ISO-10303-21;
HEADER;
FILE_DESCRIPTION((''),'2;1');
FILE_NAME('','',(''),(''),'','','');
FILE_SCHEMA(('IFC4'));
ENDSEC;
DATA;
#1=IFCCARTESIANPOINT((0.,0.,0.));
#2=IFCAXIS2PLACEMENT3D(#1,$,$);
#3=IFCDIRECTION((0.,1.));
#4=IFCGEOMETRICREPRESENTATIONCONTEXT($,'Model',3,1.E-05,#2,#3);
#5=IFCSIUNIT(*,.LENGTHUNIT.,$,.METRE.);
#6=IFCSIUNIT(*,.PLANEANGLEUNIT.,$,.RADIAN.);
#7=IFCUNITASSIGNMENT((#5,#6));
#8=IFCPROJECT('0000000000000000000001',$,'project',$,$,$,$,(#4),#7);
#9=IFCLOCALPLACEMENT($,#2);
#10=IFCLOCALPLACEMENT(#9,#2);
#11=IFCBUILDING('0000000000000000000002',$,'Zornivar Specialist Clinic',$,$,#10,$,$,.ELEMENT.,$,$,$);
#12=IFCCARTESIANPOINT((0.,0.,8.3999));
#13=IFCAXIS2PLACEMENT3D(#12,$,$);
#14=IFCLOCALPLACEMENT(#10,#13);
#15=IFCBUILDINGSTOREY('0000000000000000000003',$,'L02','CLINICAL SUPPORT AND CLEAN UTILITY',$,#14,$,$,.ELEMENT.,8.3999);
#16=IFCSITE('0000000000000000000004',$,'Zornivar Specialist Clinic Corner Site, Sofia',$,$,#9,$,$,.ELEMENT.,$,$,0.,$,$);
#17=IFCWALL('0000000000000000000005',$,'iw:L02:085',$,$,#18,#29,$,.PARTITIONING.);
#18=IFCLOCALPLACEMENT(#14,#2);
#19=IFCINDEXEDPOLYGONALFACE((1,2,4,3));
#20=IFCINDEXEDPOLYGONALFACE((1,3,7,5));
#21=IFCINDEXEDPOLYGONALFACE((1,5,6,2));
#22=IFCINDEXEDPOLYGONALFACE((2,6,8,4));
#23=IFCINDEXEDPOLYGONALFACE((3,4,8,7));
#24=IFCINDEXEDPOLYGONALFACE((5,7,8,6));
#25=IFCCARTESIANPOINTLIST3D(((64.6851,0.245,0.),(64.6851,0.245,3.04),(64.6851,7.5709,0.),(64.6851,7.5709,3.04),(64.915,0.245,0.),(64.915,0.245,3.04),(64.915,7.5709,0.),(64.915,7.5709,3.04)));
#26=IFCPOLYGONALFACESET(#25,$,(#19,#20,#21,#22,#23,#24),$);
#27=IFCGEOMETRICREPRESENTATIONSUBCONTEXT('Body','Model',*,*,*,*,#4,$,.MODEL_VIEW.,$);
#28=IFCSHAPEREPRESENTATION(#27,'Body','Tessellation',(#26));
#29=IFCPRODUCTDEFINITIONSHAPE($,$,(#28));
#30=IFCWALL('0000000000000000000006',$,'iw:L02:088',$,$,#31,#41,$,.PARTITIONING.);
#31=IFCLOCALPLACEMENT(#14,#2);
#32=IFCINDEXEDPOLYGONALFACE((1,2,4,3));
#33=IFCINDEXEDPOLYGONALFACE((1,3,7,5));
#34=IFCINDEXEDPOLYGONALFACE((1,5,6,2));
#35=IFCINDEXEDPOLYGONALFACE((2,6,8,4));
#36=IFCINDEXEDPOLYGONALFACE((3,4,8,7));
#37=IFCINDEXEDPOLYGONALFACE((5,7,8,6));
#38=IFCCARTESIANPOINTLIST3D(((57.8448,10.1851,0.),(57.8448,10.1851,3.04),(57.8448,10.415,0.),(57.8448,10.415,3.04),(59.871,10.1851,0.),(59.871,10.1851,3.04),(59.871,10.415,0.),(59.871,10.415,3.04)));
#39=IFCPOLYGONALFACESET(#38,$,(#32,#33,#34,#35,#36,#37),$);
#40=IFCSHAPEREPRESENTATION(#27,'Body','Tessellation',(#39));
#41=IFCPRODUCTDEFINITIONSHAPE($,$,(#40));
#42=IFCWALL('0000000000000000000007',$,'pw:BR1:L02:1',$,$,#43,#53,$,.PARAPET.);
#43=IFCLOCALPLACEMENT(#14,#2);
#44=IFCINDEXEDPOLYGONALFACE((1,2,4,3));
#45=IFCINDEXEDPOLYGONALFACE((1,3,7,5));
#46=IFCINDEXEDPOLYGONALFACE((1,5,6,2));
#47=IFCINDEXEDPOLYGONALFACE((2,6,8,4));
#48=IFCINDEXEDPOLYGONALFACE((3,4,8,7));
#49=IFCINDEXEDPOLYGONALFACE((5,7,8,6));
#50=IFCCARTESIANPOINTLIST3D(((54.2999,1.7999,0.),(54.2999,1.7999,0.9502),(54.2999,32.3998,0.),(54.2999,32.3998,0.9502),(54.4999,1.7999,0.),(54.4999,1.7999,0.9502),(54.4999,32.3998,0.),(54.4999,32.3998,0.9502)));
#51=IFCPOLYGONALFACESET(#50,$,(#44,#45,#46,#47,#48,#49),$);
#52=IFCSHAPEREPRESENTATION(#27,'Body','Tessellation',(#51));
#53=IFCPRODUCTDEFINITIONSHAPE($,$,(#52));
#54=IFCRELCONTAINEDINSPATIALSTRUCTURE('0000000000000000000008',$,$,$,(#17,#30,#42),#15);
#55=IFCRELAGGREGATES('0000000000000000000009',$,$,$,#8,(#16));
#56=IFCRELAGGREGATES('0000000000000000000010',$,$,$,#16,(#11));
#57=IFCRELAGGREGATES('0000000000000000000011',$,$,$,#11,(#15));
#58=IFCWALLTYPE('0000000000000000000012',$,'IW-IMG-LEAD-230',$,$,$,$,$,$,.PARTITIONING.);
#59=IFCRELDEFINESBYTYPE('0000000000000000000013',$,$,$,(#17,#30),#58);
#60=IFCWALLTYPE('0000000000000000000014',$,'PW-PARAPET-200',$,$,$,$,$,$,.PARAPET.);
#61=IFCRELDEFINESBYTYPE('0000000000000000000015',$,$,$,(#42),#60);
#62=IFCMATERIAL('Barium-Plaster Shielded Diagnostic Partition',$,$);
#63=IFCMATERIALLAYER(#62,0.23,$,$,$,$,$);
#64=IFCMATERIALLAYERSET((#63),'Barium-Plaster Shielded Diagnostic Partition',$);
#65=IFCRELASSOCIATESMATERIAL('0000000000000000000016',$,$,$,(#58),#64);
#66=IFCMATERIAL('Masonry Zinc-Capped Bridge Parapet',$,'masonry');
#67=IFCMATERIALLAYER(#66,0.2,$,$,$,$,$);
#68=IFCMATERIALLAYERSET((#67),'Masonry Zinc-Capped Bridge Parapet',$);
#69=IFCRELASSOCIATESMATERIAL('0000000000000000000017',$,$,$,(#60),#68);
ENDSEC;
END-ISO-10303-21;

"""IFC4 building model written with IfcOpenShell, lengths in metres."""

from ifc_helpers import new_model, si_unit, direction, frame, frame_2d, origin, place, context, subcontext, project, spatial, rectangle, extrude, material, layer, layer_set, type_object, element, save


model = new_model("IFC4")

# Units and contexts
model_context = context("Model", 3, precision=1e-05, world=origin(), true_north=direction((0.0, 1.0)))
body_context = subcontext(model_context, "Body", "Model", "MODEL_VIEW")
ifc_project = project(units=[si_unit("LENGTHUNIT", "METRE"), si_unit("PLANEANGLEUNIT", "RADIAN")], contexts=[model_context])

# Site, building, storey
site_placement = place(None, origin())
site = spatial("IfcSite", under=ifc_project, at=site_placement, Name="Zornivar Specialist Clinic Corner Site, Sofia", CompositionType="ELEMENT", RefElevation=0.0)
building_placement = place(site_placement, origin())
building = spatial("IfcBuilding", under=site, at=building_placement, Name="Zornivar Specialist Clinic", CompositionType="ELEMENT")
storey_placement = place(building_placement, frame((0.0, 0.0, 8.3999)))
storey = spatial("IfcBuildingStorey", under=building, at=storey_placement, Name="L02", Description="CLINICAL SUPPORT AND CLEAN UTILITY", CompositionType="ELEMENT", Elevation=8.3999)

# Shared definitions
ifc_material_1 = material(Name="Barium-Plaster Shielded Diagnostic Partition")
ifc_layer_1 = layer(ifc_material_1, 0.23)
ifc_layer_set_1 = layer_set([ifc_layer_1], Name="Barium-Plaster Shielded Diagnostic Partition")
wall_type_1 = type_object("IfcWallType", Name="IW-IMG-LEAD-230", PredefinedType="PARTITIONING", material=ifc_layer_set_1)

# Walls
wall_1_placement = place(storey_placement, frame((64.8, 7.571, 0.0), z_axis=(0.0, 0.0, 1.0), x_axis=(0.0, -1.0, 0.0)))
element("IfcWall", 1, at=wall_1_placement, inside=storey, type_object=wall_type_1, Name="iw:L02:085", PredefinedType="PARTITIONING", context=body_context, shape_type="SweptSolid", body=[
    extrude(rectangle(XDim=7.3259, YDim=0.23, at=frame_2d((3.6631, 0.0))), origin(), (0.0, 0.0, 1.0), 3.04),
])
wall_2_placement = place(storey_placement, frame((59.8711, 10.3, 0.0), z_axis=(0.0, 0.0, 1.0), x_axis=(-1.0, 0.0, 0.0)))
element("IfcWall", 2, at=wall_2_placement, inside=storey, type_object=wall_type_1, Name="iw:L02:088", PredefinedType="PARTITIONING", context=body_context, shape_type="SweptSolid", body=[
    extrude(rectangle(XDim=2.0261, YDim=0.23, at=frame_2d((1.0132, 0.0))), origin(), (0.0, 0.0, 1.0), 3.04),
])
ifc_material_2 = material(Name="Masonry Zinc-Capped Bridge Parapet", Category="masonry")
ifc_layer_2 = layer(ifc_material_2, 0.2)
ifc_layer_set_2 = layer_set([ifc_layer_2], Name="Masonry Zinc-Capped Bridge Parapet")
wall_type_2 = type_object("IfcWallType", Name="PW-PARAPET-200", PredefinedType="PARAPET", material=ifc_layer_set_2)
wall_3_placement = place(storey_placement, frame((54.3999, 1.8, 0.0), z_axis=(0.0, 0.0, 1.0), x_axis=(0.0, 1.0, 0.0)))
element("IfcWall", 3, at=wall_3_placement, inside=storey, type_object=wall_type_2, Name="pw:BR1:L02:1", PredefinedType="PARAPET", context=body_context, shape_type="SweptSolid", body=[
    extrude(rectangle(XDim=30.5999, YDim=0.2, at=frame_2d((15.2998, 0.0))), origin(), (0.0, 0.0, 1.0), 0.9502),
])

save(model, "model.ifc")
